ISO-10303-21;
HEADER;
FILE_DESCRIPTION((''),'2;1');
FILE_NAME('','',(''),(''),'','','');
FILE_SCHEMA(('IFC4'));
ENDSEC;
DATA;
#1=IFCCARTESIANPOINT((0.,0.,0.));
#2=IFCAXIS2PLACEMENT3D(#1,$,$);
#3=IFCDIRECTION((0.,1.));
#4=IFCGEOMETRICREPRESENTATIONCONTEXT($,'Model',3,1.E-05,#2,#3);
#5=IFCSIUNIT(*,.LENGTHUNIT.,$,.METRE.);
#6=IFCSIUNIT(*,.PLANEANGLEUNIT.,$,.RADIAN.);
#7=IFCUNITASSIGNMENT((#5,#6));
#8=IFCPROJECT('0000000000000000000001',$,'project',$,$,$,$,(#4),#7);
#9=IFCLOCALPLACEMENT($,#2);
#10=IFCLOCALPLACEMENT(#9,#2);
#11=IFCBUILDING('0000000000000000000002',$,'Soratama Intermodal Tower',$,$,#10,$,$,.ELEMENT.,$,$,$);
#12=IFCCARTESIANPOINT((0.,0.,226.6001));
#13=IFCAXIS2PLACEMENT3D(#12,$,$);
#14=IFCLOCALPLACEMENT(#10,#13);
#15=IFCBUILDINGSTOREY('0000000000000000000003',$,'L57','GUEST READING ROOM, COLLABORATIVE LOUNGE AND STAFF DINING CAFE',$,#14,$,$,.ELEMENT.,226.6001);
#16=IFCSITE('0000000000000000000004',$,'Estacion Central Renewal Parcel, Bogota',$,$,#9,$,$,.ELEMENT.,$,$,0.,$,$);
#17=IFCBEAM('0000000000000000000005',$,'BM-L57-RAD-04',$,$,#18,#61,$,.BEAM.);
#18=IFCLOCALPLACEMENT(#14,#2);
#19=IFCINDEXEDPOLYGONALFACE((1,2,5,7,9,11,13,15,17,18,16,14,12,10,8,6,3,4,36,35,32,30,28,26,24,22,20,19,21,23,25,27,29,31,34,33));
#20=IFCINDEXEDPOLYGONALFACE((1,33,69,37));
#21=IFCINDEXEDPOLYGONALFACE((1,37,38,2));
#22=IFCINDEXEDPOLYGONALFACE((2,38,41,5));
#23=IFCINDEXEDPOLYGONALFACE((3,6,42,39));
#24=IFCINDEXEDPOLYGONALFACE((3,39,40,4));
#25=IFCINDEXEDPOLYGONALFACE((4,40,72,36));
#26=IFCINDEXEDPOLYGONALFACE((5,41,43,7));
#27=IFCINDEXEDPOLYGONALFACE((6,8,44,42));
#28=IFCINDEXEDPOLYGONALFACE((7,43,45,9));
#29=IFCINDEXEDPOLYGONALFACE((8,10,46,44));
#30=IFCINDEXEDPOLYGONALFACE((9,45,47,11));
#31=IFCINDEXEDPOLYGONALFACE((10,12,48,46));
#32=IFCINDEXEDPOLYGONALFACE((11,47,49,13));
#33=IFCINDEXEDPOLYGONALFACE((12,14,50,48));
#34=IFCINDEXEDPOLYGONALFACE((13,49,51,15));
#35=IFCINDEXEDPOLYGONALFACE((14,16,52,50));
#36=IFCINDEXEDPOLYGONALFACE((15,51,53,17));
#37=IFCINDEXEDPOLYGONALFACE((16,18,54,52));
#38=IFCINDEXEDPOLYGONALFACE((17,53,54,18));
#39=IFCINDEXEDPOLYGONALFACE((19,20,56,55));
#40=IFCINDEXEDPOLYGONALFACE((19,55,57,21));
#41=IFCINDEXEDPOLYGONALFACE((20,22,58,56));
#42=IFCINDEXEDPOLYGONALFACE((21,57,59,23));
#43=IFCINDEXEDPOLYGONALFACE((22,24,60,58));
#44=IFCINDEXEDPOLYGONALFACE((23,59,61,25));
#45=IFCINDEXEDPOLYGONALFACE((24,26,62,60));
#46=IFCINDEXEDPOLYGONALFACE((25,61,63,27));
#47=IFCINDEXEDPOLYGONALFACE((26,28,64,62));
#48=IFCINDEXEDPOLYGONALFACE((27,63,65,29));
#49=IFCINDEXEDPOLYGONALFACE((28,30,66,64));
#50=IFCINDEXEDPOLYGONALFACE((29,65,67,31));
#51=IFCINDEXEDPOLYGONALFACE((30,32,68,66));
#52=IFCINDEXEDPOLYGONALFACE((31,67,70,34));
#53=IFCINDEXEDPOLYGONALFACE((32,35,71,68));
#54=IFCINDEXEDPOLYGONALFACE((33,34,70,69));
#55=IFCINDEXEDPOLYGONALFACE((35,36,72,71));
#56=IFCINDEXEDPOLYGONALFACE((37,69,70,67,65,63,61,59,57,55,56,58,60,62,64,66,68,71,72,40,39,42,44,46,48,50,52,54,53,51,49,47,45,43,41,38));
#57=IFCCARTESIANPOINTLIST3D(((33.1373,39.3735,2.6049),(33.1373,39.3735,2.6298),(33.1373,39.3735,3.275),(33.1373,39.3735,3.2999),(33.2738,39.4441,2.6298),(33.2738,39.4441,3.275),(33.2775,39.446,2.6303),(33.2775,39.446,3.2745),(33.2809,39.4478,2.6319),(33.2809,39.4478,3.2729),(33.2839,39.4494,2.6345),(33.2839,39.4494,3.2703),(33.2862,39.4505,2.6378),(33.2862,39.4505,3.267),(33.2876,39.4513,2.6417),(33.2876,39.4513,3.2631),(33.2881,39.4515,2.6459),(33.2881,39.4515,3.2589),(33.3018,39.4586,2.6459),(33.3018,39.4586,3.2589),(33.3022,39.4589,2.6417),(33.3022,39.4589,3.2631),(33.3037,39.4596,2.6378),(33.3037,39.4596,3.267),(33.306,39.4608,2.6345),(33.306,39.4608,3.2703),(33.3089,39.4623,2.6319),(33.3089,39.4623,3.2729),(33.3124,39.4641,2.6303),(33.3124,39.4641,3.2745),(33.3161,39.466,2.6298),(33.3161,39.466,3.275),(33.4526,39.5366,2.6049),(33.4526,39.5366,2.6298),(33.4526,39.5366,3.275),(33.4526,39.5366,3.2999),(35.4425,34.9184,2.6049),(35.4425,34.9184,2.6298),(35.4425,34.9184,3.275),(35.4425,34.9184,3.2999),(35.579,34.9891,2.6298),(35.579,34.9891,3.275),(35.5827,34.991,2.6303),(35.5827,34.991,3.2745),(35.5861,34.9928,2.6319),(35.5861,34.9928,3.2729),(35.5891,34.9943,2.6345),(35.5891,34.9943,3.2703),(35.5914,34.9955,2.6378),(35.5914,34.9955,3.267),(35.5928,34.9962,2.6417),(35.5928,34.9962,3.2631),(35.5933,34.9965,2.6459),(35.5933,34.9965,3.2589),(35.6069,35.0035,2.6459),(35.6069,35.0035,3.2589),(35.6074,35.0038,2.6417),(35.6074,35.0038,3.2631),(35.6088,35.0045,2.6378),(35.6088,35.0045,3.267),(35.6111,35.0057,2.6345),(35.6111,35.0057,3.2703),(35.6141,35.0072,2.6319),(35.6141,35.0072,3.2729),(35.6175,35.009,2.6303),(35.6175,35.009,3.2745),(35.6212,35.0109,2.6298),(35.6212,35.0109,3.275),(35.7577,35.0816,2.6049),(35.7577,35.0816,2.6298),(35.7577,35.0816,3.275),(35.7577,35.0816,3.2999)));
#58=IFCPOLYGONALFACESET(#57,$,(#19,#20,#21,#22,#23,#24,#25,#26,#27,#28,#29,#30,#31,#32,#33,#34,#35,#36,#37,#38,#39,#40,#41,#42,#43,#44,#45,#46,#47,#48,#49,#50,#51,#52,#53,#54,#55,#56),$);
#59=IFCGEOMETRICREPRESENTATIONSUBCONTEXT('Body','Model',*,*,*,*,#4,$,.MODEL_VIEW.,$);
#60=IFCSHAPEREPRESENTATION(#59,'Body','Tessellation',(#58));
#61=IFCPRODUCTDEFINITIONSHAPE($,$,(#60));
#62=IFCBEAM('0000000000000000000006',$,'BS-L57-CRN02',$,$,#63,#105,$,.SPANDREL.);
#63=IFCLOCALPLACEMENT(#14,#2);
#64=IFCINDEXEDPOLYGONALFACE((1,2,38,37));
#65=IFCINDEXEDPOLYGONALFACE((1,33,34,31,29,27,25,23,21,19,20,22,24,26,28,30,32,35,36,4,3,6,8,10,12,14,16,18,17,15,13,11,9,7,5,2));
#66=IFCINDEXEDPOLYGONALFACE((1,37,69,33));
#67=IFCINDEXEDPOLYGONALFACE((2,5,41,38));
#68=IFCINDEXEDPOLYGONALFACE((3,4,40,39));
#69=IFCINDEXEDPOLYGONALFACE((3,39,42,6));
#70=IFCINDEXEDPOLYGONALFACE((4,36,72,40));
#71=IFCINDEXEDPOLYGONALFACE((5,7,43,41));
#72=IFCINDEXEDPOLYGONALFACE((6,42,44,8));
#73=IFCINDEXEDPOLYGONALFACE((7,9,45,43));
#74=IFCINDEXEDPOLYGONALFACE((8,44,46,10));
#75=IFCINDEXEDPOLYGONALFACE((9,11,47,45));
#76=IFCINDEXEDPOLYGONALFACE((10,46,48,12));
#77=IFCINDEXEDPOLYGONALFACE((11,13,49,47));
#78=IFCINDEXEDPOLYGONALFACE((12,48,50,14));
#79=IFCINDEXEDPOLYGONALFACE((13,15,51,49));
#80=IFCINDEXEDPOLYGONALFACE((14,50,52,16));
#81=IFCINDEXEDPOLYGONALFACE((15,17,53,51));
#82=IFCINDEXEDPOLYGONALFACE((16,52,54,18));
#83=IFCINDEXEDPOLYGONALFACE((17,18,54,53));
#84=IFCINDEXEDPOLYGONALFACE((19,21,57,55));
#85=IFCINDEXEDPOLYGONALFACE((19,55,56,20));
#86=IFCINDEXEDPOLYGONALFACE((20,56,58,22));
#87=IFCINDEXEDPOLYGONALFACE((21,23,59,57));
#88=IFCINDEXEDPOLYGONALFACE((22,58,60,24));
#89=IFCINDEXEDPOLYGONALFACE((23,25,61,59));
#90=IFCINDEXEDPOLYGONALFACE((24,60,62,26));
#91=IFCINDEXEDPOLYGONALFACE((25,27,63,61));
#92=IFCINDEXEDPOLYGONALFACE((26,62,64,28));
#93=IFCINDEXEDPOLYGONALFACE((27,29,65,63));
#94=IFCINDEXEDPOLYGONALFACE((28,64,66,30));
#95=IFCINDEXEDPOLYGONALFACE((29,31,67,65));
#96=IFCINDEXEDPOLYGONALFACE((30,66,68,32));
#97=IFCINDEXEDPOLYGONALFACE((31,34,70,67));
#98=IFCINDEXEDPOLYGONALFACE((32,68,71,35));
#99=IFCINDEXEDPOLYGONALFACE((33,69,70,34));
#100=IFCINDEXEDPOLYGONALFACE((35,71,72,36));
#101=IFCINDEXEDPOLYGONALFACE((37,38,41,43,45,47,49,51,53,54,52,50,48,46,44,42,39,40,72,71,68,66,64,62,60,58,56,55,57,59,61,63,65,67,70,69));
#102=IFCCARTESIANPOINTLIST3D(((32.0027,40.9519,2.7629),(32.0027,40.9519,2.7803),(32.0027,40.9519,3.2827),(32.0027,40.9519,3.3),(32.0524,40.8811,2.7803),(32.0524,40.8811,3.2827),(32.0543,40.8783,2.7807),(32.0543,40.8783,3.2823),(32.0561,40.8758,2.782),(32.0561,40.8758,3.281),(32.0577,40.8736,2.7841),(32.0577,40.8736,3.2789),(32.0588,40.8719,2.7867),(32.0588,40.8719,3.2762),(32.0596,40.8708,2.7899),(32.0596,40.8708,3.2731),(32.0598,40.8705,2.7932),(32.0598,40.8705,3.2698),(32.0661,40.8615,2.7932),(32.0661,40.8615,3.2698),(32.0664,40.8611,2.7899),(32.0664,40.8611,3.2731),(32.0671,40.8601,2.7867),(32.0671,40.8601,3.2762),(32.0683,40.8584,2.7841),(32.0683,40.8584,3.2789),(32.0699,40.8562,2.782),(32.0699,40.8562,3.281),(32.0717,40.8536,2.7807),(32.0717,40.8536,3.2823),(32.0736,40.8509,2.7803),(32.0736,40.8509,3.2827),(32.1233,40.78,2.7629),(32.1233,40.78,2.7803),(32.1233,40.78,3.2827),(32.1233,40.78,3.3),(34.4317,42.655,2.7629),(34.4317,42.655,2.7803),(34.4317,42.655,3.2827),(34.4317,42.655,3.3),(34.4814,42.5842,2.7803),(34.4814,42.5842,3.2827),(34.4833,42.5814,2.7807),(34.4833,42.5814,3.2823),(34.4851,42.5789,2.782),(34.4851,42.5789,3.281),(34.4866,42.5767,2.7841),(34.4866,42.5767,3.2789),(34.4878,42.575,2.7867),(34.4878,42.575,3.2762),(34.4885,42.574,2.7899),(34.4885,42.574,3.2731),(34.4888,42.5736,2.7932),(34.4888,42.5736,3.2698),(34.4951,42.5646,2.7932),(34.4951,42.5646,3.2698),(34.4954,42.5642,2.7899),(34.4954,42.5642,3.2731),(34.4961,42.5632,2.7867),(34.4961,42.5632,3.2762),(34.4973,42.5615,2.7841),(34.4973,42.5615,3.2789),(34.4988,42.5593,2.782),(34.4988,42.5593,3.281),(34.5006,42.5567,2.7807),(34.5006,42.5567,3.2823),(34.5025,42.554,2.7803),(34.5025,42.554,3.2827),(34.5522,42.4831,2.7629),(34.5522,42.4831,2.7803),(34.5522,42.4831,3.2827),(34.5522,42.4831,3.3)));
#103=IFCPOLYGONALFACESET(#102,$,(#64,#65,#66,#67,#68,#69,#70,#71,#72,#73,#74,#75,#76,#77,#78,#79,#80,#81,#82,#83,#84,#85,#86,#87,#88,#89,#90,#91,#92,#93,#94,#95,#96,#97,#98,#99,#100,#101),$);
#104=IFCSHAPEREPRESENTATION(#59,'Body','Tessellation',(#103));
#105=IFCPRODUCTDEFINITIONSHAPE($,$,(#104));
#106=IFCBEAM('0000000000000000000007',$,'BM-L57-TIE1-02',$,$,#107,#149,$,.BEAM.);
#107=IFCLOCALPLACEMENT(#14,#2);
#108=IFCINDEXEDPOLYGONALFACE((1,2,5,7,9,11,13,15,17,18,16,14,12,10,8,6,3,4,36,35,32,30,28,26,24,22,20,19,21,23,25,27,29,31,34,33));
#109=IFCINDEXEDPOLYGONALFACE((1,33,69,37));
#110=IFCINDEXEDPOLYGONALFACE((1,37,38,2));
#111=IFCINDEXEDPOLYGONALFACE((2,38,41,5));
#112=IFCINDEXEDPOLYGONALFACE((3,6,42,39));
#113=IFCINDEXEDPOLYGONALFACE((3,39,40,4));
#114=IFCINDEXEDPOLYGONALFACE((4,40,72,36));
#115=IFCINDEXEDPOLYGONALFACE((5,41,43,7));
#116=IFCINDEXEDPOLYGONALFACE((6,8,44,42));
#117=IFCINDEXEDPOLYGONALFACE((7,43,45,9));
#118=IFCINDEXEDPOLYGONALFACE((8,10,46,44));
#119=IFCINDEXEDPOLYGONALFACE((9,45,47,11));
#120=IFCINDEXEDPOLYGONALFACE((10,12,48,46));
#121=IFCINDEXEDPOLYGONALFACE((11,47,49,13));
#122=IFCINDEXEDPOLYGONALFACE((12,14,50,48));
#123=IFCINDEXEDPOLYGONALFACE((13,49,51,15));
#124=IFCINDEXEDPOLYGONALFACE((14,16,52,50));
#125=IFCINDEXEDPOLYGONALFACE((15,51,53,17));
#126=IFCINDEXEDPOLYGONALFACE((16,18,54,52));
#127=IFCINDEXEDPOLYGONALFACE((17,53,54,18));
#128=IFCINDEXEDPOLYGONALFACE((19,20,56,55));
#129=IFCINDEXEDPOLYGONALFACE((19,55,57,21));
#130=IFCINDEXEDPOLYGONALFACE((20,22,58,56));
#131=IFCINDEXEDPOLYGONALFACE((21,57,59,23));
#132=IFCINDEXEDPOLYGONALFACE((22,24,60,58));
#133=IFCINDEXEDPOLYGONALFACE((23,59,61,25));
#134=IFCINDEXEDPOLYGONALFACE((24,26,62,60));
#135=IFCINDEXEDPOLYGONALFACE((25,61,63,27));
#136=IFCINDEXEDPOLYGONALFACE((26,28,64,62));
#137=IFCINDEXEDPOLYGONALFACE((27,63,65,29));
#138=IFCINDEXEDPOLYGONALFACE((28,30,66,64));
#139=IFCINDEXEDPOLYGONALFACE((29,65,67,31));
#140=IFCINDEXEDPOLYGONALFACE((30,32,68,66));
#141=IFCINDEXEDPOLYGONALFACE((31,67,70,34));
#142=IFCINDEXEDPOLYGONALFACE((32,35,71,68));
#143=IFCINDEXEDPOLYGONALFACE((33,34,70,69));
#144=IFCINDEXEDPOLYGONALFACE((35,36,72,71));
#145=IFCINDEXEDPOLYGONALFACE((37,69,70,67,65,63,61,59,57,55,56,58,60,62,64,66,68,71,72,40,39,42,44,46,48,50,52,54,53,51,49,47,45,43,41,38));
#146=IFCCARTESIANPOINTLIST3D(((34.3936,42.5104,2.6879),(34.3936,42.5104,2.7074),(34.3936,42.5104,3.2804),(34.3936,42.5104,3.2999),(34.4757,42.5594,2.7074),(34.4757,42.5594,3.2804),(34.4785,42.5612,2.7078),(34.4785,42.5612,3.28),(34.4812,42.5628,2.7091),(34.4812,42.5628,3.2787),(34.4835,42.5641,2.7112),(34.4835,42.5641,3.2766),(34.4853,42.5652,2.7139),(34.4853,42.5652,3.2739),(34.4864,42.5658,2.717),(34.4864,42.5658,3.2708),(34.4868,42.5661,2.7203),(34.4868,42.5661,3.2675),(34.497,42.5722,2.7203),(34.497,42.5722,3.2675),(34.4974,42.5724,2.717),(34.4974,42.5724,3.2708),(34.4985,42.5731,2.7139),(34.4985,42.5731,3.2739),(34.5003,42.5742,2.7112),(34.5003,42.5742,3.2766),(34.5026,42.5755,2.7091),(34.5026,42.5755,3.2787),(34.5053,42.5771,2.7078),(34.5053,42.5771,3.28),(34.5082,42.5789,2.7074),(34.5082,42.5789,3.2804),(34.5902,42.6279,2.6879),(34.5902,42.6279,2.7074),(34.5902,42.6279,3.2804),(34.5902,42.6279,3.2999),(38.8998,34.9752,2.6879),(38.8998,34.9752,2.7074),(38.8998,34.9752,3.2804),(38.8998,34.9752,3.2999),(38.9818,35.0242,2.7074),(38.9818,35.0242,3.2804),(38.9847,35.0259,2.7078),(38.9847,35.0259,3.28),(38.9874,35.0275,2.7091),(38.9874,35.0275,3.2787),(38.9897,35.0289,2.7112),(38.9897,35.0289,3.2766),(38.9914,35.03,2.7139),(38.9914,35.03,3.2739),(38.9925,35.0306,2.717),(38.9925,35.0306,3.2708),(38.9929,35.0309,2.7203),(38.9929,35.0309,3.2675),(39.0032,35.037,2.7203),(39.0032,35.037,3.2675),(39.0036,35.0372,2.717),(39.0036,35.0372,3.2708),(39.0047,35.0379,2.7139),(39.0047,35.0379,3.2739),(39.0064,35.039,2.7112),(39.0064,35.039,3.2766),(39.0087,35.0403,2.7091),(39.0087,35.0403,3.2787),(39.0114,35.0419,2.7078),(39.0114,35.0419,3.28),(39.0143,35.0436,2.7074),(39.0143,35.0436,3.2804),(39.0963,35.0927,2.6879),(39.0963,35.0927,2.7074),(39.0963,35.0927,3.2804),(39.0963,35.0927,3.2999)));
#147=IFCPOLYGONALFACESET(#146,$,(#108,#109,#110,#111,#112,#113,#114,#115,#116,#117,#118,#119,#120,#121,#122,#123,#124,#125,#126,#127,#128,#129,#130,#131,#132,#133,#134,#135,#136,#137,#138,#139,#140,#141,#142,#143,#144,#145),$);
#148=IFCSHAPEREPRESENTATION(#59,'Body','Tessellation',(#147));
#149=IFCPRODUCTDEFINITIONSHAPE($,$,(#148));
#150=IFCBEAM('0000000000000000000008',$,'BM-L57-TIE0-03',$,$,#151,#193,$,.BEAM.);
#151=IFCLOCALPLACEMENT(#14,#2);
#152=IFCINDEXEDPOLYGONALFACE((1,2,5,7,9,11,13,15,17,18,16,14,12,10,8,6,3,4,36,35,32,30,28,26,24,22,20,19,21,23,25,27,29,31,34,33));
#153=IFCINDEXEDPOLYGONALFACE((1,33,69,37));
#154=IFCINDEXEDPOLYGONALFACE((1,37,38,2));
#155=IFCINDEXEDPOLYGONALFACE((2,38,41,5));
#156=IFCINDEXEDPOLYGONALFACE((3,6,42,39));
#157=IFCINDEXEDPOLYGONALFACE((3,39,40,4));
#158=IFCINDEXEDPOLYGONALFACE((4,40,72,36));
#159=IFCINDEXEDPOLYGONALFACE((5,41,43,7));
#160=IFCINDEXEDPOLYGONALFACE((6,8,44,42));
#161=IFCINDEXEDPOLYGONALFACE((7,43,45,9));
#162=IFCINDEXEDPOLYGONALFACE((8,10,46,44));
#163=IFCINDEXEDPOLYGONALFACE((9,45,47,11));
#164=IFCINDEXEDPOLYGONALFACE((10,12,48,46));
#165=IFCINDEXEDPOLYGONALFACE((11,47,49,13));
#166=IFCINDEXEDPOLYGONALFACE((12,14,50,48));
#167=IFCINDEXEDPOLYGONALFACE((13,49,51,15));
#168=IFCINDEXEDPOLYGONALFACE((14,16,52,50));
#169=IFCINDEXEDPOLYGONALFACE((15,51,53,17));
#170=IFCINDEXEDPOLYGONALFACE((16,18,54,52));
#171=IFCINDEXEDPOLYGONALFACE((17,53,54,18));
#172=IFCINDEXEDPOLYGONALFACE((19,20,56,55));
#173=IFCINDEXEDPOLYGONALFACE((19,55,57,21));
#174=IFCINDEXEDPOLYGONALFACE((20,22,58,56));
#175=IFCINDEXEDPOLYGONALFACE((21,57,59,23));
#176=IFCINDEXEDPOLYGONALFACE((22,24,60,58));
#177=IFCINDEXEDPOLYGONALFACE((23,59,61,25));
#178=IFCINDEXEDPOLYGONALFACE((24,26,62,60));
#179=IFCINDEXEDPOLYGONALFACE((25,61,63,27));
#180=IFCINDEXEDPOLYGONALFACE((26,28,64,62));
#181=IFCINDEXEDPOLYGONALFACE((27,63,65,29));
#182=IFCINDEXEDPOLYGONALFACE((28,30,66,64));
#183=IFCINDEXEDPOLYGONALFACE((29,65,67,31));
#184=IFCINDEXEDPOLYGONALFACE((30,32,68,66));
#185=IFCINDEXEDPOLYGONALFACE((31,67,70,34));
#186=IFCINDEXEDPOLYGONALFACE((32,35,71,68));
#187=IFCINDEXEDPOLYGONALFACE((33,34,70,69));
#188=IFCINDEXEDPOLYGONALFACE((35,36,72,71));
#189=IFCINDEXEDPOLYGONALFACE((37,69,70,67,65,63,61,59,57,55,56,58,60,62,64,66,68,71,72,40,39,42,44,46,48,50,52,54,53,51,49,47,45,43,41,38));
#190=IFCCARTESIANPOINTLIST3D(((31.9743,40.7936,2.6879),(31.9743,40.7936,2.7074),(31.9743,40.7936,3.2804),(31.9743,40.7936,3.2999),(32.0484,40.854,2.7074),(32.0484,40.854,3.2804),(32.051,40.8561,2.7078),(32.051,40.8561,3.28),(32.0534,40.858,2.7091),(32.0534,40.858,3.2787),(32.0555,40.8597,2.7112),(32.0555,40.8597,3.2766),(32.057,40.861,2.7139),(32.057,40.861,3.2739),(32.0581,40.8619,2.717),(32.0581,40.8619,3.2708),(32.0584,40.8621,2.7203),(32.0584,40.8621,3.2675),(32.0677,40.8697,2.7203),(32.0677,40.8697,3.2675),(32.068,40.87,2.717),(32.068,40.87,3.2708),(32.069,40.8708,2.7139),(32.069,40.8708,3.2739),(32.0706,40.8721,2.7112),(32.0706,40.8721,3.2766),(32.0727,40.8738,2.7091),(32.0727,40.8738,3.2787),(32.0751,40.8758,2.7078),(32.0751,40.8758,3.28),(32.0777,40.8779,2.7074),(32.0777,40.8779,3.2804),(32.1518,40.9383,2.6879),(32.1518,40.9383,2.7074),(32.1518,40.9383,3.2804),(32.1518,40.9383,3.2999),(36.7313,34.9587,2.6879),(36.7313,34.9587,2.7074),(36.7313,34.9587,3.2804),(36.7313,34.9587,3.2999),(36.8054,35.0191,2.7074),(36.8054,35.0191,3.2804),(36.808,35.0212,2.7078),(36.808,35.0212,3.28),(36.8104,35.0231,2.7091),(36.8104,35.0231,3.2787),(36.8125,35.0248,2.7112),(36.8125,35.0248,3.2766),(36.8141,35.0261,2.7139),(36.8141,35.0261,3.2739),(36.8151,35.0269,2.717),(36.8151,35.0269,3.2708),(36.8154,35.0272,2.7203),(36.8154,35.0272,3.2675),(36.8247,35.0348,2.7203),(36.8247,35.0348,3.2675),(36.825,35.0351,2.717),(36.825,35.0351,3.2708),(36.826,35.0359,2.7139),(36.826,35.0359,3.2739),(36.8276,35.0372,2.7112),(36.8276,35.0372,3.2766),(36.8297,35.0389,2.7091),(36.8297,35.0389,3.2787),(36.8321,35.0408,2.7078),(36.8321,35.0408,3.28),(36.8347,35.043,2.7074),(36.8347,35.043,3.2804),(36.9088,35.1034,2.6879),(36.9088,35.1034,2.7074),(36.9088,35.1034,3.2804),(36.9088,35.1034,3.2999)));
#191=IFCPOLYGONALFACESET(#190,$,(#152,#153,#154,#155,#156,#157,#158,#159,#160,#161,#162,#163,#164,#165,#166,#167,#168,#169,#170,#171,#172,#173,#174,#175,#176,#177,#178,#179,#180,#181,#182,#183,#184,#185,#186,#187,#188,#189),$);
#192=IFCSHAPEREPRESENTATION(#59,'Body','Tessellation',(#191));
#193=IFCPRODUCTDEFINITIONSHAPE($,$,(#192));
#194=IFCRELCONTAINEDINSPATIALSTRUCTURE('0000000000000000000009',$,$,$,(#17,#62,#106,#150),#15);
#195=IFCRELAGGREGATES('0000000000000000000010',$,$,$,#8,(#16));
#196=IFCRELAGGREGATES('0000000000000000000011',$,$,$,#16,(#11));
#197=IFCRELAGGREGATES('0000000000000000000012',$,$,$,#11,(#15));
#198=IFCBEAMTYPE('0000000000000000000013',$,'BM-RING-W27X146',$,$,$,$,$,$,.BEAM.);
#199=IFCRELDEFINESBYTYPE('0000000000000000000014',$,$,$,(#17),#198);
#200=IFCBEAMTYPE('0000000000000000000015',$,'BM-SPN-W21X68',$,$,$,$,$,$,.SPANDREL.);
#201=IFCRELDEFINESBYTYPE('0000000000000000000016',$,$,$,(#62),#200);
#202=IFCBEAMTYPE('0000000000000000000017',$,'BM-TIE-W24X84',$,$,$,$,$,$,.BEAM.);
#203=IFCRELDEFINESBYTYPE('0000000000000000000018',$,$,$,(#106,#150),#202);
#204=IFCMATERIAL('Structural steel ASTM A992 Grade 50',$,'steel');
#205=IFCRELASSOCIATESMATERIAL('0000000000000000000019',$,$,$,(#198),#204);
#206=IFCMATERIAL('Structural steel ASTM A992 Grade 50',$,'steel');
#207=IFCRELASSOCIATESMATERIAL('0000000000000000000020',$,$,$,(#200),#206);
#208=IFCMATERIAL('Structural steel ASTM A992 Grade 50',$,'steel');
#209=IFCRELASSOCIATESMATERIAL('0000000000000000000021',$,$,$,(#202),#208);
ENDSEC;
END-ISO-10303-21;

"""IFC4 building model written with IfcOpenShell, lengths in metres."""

from ifc_helpers import new_model, si_unit, direction, frame, origin, origin_2d, place, context, subcontext, project, spatial, i_section, extrude, material, material_profile, profile_set, type_object, element, save


model = new_model("IFC4")

# Units and contexts
model_context = context("Model", 3, precision=1e-05, world=origin(), true_north=direction((0.0, 1.0)))
body_context = subcontext(model_context, "Body", "Model", "MODEL_VIEW")
ifc_project = project(units=[si_unit("LENGTHUNIT", "METRE"), si_unit("PLANEANGLEUNIT", "RADIAN")], contexts=[model_context])

# Site, building, storey
site_placement = place(None, origin())
site = spatial("IfcSite", under=ifc_project, at=site_placement, Name="Estacion Central Renewal Parcel, Bogota", CompositionType="ELEMENT", RefElevation=0.0)
building_placement = place(site_placement, origin())
building = spatial("IfcBuilding", under=site, at=building_placement, Name="Soratama Intermodal Tower", CompositionType="ELEMENT")
storey_placement = place(building_placement, frame((0.0, 0.0, 226.6001)))
storey = spatial("IfcBuildingStorey", under=building, at=storey_placement, Name="L57", Description="GUEST READING ROOM, COLLABORATIVE LOUNGE AND STAFF DINING CAFE", CompositionType="ELEMENT", Elevation=226.6001)

# Beams
ifc_material_1 = material(Name="Structural steel ASTM A992 Grade 50", Category="steel")
ifc_material_profile_1 = material_profile(ifc_material_1, i_section(OverallWidth=0.355, OverallDepth=0.6951, WebThickness=0.0154, FlangeThickness=0.0249, FilletRadius=0.0161, at=origin_2d()), Name="W27X146")
ifc_profile_set_1 = profile_set([ifc_material_profile_1], Name="Structural steel ASTM A992 Grade 50")
beam_type_1 = type_object("IfcBeamType", Name="BM-RING-W27X146", PredefinedType="BEAM", material=ifc_profile_set_1)
beam_1_placement = place(storey_placement, frame((35.6001, 35.0, 2.9524), z_axis=(-0.459553, 0.888151, 0.0), x_axis=(-0.888151, -0.459553, 0.0)))
element("IfcBeam", 1, at=beam_1_placement, inside=storey, type_object=beam_type_1, Name="BM-L57-RAD-04", PredefinedType="BEAM", context=body_context, shape_type="SweptSolid", body=[
    extrude(i_section(OverallWidth=0.355, OverallDepth=0.6951, WebThickness=0.0154, FlangeThickness=0.0249, FilletRadius=0.0161, at=origin_2d()), origin(), (0.0, 0.0, 1.0), 5.0161),
])
ifc_material_2 = material(Name="Structural steel ASTM A992 Grade 50", Category="steel")
ifc_material_profile_2 = material_profile(ifc_material_2, i_section(OverallWidth=0.21, OverallDepth=0.5371, WebThickness=0.011, FlangeThickness=0.0173, FilletRadius=0.0129, at=origin_2d()), Name="W21X68")
ifc_profile_set_2 = profile_set([ifc_material_profile_2], Name="Structural steel ASTM A992 Grade 50")
beam_type_2 = type_object("IfcBeamType", Name="BM-SPN-W21X68", PredefinedType="SPANDREL", material=ifc_profile_set_2)
beam_2_placement = place(storey_placement, frame((34.4919, 42.5691, 3.0315), z_axis=(-0.818779, -0.574108, 0.0), x_axis=(0.574108, -0.818779, 0.0)))
element("IfcBeam", 2, at=beam_2_placement, inside=storey, type_object=beam_type_2, Name="BS-L57-CRN02", PredefinedType="SPANDREL", context=body_context, shape_type="SweptSolid", body=[
    extrude(i_section(OverallWidth=0.21, OverallDepth=0.5371, WebThickness=0.011, FlangeThickness=0.0173, FilletRadius=0.0129, at=origin_2d()), origin(), (0.0, 0.0, 1.0), 2.9666),
])
ifc_material_3 = material(Name="Structural steel ASTM A992 Grade 50", Category="steel")
ifc_material_profile_3 = material_profile(ifc_material_3, i_section(OverallWidth=0.229, OverallDepth=0.6121, WebThickness=0.012, FlangeThickness=0.0195, FilletRadius=0.0129, at=origin_2d()), Name="W24X84")
ifc_profile_set_3 = profile_set([ifc_material_profile_3], Name="Structural steel ASTM A992 Grade 50")
beam_type_3 = type_object("IfcBeamType", Name="BM-TIE-W24X84", PredefinedType="BEAM", material=ifc_profile_set_3)
beam_3_placement = place(storey_placement, frame((38.998, 35.0339, 2.9939), z_axis=(-0.51324, 0.858245, 0.0), x_axis=(-0.858245, -0.51324, 0.0)))
element("IfcBeam", 3, at=beam_3_placement, inside=storey, type_object=beam_type_3, Name="BM-L57-TIE1-02", PredefinedType="BEAM", context=body_context, shape_type="SweptSolid", body=[
    extrude(i_section(OverallWidth=0.229, OverallDepth=0.6121, WebThickness=0.012, FlangeThickness=0.0195, FilletRadius=0.0129, at=origin_2d()), origin(), (0.0, 0.0, 1.0), 8.7798),
])
beam_4_placement = place(storey_placement, frame((36.8201, 35.031, 2.9939), z_axis=(-0.631886, 0.775061, 0.0), x_axis=(-0.775061, -0.631886, 0.0)))
element("IfcBeam", 4, at=beam_4_placement, inside=storey, type_object=beam_type_3, Name="BM-L57-TIE0-03", PredefinedType="BEAM", context=body_context, shape_type="SweptSolid", body=[
    extrude(i_section(OverallWidth=0.229, OverallDepth=0.6121, WebThickness=0.012, FlangeThickness=0.0195, FilletRadius=0.0129, at=origin_2d()), origin(), (0.0, 0.0, 1.0), 7.5283),
])

save(model, "model.ifc")
